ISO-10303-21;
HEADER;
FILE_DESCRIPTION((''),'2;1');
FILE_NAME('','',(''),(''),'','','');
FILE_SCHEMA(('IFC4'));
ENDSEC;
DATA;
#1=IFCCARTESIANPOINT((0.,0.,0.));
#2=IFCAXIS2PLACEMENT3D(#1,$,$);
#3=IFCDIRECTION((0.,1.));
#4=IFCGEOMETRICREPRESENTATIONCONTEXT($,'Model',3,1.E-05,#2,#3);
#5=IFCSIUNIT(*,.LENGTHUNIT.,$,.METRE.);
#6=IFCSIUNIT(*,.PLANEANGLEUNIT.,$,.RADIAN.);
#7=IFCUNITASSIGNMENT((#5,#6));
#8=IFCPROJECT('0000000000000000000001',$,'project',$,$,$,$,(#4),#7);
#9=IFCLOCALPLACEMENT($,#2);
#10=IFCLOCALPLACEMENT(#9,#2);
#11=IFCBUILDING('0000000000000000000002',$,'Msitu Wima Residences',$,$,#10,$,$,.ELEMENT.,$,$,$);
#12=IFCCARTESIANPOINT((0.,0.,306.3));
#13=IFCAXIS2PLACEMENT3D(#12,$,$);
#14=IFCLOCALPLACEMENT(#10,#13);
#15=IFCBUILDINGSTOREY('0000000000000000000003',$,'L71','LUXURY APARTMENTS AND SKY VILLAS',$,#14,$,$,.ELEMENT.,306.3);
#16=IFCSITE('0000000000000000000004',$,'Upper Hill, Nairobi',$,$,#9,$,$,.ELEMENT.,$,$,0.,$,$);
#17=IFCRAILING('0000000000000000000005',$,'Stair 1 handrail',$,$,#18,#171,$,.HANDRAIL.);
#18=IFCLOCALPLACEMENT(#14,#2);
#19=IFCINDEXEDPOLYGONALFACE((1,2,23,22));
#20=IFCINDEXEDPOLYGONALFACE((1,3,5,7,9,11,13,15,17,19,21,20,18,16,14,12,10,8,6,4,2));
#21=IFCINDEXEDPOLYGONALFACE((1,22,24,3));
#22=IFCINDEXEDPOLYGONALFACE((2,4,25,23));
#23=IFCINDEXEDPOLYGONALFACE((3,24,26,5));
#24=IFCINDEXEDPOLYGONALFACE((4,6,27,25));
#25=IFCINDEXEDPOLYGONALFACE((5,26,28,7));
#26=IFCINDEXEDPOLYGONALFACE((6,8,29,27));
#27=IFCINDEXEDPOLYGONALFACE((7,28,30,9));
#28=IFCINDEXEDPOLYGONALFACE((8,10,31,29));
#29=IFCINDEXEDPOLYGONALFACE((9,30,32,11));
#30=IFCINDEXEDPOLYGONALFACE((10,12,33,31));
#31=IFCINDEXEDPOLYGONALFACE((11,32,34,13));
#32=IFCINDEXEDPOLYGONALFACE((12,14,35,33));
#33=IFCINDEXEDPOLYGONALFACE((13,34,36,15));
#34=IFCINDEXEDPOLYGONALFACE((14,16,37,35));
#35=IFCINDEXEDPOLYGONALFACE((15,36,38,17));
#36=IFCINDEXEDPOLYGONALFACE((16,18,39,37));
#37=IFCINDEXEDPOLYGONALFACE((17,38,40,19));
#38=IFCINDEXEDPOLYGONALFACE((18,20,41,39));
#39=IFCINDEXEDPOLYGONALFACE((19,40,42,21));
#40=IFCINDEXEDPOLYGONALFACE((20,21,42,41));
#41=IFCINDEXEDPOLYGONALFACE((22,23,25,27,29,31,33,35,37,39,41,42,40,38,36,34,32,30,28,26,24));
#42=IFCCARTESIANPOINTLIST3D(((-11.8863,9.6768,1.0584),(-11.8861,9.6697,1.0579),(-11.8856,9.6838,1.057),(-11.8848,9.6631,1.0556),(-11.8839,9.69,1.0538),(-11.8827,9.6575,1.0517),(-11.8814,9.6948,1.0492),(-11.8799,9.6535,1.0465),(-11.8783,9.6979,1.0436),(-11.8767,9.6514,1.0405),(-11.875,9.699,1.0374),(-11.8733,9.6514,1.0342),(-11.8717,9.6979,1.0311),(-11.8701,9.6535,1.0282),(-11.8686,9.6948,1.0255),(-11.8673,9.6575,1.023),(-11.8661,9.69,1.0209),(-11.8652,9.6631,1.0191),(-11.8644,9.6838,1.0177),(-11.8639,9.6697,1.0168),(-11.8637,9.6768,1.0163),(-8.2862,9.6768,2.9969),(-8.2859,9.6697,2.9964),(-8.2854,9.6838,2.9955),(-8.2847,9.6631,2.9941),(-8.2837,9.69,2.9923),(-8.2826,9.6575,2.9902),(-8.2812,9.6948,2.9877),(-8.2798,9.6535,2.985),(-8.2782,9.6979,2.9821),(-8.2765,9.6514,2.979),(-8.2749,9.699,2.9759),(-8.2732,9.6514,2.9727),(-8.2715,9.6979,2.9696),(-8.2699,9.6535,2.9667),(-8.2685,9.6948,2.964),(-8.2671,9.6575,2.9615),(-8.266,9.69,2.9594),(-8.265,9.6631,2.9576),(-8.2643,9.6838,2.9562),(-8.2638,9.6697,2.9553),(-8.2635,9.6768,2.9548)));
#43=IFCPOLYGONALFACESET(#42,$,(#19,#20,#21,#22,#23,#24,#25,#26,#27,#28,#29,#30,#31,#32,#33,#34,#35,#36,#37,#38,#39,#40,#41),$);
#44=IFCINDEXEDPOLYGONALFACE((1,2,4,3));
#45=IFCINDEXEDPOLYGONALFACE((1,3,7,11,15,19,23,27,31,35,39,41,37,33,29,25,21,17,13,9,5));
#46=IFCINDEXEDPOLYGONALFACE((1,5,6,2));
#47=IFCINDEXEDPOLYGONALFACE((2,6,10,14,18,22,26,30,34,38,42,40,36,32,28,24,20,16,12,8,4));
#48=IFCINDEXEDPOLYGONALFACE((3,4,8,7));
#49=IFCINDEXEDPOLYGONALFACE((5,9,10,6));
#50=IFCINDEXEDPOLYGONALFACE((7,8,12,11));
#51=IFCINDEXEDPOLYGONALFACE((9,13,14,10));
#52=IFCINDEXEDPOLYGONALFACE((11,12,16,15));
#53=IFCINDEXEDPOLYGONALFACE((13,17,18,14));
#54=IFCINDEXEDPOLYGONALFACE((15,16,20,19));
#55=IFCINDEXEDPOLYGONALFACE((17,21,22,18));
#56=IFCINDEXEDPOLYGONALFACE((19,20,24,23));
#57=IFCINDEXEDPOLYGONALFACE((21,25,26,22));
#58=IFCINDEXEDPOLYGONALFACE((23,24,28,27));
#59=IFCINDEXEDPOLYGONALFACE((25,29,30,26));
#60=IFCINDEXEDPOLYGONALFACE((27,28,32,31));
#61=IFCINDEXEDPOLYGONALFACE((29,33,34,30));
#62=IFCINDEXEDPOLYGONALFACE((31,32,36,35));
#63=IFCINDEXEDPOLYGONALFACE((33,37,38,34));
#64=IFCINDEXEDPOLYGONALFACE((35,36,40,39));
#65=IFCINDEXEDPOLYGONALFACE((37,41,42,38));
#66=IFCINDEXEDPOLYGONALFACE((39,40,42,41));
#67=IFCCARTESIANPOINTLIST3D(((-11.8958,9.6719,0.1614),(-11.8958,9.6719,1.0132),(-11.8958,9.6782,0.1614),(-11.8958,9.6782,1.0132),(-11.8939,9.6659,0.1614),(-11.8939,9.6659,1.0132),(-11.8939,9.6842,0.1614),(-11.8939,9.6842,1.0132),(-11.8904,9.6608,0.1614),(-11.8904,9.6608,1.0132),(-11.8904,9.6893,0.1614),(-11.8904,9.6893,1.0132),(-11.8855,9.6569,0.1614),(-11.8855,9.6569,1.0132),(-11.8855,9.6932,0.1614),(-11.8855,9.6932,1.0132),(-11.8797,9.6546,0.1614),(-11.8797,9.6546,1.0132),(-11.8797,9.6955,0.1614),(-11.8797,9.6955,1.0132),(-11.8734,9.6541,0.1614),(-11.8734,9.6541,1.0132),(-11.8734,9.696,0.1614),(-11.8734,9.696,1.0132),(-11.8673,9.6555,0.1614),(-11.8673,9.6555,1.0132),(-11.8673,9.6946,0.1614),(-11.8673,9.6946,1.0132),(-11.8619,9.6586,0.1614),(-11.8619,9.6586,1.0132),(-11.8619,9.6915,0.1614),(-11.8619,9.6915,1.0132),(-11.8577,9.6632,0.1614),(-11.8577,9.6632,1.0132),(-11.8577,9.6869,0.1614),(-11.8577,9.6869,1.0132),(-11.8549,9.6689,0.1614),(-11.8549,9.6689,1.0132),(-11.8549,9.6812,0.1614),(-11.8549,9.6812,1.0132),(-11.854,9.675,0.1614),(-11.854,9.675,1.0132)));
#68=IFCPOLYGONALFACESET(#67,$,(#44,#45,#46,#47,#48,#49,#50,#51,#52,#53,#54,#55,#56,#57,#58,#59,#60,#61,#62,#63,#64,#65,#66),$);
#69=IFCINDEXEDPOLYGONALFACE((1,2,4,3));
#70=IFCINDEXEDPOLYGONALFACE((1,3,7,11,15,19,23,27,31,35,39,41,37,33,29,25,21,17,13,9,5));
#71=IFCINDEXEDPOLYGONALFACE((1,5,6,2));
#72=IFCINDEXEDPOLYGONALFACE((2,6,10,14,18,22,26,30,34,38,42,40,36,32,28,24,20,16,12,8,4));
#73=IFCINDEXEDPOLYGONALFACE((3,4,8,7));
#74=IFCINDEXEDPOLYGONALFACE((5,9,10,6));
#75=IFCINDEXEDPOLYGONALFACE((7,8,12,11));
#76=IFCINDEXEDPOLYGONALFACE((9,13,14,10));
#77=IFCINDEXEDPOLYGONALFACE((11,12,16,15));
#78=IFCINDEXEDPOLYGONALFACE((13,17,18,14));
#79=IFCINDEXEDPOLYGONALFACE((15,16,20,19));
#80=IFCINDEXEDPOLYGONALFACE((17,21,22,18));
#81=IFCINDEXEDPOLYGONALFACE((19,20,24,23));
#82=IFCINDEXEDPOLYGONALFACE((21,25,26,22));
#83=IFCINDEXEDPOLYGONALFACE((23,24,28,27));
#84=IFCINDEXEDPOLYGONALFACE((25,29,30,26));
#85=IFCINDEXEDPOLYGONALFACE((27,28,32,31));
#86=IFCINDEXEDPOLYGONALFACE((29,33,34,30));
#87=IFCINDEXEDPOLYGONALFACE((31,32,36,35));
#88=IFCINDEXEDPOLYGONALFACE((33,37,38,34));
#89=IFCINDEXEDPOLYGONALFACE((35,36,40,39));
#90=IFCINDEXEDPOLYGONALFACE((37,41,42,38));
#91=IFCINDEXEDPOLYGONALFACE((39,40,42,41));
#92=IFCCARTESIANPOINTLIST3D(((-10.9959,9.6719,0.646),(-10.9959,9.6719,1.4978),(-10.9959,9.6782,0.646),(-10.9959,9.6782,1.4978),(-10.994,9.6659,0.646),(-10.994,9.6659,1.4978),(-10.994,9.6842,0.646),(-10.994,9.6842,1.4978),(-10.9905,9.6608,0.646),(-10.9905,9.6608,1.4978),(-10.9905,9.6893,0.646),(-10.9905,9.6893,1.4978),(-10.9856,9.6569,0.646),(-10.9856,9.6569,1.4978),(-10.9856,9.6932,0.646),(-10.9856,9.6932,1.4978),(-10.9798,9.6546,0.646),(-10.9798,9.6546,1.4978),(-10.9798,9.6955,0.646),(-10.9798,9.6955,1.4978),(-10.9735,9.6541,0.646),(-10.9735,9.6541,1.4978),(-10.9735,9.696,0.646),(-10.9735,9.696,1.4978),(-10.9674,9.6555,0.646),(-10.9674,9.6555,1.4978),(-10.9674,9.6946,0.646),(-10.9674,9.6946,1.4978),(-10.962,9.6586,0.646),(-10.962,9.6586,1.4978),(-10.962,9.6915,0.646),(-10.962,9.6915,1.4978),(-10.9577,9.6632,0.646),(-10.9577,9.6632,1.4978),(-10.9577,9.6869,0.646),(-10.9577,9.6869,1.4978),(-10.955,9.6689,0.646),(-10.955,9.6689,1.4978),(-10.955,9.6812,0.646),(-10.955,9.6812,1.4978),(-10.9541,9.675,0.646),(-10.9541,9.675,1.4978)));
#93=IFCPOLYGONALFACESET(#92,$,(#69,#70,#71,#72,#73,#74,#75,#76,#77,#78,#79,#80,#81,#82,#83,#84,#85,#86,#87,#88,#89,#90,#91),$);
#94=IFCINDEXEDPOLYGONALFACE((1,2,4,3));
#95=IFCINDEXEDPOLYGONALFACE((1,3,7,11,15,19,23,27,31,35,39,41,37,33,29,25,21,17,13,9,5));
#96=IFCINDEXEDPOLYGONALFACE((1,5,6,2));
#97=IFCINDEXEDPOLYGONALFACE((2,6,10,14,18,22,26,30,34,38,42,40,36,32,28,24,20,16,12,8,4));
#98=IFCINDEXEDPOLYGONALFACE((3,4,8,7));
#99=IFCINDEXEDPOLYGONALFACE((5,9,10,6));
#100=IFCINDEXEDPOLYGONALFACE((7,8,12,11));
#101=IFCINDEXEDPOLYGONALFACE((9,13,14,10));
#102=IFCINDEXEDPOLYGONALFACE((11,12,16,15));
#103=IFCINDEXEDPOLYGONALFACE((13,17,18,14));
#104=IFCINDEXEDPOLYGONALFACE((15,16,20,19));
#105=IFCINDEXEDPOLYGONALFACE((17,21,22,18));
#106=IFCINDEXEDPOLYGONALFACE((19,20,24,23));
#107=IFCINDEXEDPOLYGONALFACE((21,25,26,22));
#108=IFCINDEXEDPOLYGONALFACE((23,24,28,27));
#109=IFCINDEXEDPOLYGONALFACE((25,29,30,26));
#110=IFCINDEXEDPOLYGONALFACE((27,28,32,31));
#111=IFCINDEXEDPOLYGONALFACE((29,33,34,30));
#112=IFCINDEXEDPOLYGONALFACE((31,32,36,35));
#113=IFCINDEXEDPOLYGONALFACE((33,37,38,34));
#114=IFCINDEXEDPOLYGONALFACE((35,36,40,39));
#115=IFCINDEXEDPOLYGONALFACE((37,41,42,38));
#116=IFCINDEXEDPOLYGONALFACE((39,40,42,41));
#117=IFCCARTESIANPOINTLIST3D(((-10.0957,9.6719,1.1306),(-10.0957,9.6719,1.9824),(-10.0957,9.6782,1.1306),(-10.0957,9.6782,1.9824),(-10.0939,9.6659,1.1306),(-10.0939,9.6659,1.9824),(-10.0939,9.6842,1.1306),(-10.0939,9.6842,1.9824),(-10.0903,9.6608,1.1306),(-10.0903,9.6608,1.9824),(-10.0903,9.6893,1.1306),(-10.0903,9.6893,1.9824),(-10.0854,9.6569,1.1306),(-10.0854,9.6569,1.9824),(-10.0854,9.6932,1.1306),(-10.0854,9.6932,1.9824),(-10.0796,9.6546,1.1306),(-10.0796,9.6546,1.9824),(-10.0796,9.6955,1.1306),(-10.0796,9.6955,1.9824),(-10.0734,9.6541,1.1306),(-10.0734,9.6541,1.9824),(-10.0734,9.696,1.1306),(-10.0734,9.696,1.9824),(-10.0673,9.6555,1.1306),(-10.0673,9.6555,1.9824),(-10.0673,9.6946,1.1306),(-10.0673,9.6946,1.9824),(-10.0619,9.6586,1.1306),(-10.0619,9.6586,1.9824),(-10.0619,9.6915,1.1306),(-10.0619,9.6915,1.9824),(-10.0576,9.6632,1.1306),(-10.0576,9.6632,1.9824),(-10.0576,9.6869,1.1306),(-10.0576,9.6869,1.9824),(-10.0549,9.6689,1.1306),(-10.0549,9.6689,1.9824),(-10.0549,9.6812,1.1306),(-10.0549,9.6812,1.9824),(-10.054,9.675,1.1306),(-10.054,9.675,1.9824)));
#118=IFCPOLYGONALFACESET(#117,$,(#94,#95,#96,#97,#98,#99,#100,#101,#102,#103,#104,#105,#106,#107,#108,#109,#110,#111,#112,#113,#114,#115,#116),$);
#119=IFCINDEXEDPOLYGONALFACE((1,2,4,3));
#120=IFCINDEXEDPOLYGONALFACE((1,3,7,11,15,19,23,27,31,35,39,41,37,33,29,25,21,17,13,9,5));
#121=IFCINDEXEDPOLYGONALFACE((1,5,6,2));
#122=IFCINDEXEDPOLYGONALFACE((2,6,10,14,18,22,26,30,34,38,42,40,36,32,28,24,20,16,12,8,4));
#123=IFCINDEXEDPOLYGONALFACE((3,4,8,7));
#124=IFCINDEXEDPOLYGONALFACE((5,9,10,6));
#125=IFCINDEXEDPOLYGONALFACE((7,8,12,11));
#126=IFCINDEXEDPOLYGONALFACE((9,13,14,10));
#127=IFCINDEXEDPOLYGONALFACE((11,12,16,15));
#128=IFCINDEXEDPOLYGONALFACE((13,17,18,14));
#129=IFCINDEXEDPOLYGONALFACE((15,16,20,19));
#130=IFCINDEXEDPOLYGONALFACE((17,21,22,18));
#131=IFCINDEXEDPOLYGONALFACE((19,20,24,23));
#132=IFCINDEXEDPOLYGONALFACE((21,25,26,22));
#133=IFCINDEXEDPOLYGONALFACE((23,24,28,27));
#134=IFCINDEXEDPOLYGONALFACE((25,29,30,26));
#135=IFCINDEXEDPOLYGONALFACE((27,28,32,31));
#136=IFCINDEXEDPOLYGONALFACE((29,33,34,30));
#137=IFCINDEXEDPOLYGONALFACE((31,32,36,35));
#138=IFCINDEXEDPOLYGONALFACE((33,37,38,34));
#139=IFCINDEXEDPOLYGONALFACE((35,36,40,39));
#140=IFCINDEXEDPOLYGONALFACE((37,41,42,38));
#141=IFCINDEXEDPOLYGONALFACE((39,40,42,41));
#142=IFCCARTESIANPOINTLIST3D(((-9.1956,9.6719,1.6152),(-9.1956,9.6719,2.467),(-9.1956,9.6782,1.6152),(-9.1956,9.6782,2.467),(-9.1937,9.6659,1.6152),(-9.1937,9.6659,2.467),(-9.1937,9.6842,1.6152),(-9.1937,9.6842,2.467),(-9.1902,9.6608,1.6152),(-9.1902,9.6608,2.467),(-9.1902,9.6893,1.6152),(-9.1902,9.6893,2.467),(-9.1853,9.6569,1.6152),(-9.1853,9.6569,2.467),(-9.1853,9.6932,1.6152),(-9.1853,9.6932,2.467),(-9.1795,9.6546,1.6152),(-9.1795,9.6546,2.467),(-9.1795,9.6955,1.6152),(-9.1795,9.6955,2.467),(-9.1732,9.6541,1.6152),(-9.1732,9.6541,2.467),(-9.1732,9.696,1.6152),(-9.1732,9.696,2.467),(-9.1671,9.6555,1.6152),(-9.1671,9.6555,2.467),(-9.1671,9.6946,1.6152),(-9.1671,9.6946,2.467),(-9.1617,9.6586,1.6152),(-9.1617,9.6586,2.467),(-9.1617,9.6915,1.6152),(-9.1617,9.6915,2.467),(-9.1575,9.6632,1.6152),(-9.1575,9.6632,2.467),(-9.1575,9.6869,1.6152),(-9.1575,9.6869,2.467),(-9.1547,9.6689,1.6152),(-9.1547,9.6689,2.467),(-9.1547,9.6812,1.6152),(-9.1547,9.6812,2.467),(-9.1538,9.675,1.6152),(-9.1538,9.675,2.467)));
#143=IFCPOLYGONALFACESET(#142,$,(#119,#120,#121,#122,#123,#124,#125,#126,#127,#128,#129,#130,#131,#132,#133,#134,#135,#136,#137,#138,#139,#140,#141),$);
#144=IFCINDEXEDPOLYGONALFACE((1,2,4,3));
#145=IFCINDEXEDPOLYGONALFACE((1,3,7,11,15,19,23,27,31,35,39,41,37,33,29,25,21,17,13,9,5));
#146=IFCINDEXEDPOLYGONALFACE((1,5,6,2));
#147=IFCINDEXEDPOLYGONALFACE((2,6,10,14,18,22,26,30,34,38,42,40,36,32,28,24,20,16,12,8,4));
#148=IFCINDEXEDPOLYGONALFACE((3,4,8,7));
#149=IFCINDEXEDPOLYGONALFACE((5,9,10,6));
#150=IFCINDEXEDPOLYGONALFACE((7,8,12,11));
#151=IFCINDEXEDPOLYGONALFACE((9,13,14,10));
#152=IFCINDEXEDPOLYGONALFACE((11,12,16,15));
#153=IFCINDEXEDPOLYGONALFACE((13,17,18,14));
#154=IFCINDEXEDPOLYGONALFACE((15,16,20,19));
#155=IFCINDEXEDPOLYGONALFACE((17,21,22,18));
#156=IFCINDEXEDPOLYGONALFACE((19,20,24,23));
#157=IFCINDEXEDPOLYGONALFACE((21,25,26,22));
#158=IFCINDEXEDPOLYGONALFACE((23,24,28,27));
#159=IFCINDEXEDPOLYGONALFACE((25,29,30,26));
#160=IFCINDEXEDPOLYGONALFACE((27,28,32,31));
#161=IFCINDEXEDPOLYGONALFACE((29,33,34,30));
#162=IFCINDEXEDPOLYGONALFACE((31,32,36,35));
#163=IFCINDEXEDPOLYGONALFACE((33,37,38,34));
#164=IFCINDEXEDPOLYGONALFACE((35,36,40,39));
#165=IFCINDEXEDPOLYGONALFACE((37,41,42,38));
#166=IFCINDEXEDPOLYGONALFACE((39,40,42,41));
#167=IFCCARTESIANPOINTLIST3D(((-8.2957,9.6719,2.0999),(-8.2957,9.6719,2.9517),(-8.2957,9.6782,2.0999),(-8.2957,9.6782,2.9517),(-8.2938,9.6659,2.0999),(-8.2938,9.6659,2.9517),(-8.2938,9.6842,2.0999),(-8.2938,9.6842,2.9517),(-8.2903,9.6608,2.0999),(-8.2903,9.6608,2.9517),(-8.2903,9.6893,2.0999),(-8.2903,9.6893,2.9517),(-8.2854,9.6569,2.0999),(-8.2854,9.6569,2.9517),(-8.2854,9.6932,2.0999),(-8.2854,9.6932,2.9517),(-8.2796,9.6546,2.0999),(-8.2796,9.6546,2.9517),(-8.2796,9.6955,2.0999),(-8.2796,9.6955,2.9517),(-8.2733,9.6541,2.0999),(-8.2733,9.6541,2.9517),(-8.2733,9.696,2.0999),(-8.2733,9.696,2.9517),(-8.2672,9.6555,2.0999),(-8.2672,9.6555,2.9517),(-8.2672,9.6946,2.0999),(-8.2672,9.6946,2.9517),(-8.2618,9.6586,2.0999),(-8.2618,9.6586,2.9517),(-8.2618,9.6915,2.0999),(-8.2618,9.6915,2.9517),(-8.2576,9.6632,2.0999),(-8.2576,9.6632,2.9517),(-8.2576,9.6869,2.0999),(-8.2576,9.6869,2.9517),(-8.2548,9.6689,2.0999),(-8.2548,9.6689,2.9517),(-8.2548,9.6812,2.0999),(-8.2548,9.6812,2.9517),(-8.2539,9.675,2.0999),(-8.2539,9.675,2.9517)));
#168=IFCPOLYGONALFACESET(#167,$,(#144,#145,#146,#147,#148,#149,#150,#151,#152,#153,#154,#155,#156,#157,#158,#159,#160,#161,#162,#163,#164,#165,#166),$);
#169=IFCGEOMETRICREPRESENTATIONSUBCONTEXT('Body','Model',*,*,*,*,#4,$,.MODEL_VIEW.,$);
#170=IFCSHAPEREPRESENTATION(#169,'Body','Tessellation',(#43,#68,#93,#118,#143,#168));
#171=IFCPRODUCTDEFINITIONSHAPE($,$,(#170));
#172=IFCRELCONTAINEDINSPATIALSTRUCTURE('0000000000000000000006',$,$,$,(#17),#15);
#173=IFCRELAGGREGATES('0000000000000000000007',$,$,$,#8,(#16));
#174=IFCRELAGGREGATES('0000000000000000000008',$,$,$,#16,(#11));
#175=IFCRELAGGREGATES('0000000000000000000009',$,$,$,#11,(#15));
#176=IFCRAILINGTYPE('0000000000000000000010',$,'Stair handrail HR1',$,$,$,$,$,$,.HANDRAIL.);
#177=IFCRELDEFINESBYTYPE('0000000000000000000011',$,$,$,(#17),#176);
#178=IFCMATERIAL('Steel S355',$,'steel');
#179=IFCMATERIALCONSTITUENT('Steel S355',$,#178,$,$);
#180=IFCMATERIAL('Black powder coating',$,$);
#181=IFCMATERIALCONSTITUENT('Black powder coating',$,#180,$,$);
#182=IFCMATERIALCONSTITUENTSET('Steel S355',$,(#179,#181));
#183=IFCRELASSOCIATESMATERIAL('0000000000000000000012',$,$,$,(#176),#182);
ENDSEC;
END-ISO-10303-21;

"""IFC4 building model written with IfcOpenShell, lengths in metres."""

from ifc_helpers import new_model, si_unit, direction, frame, origin, origin_2d, place, context, subcontext, project, spatial, circle, extrude, material, constituent, constituent_set, type_object, element, save


model = new_model("IFC4")

# Units and contexts
model_context = context("Model", 3, precision=1e-05, world=origin(), true_north=direction((0.0, 1.0)))
body_context = subcontext(model_context, "Body", "Model", "MODEL_VIEW")
ifc_project = project(units=[si_unit("LENGTHUNIT", "METRE"), si_unit("PLANEANGLEUNIT", "RADIAN")], contexts=[model_context])

# Site, building, storey
site_placement = place(None, origin())
site = spatial("IfcSite", under=ifc_project, at=site_placement, Name="Upper Hill, Nairobi", CompositionType="ELEMENT", RefElevation=0.0)
building_placement = place(site_placement, origin())
building = spatial("IfcBuilding", under=site, at=building_placement, Name="Msitu Wima Residences", CompositionType="ELEMENT")
storey_placement = place(building_placement, frame((0.0, 0.0, 306.3)))
storey = spatial("IfcBuildingStorey", under=building, at=storey_placement, Name="L71", Description="LUXURY APARTMENTS AND SKY VILLAS", CompositionType="ELEMENT", Elevation=306.3)

# Railing
ifc_material_1 = material(Name="Steel S355", Category="steel")
ifc_constituent_1 = constituent(ifc_material_1, Name="Steel S355")
ifc_material_2 = material(Name="Black powder coating")
ifc_constituent_2 = constituent(ifc_material_2, Name="Black powder coating")
ifc_constituent_set = constituent_set(constituents=[ifc_constituent_1, ifc_constituent_2], Name="Steel S355")
railing_type = type_object("IfcRailingType", Name="Stair handrail HR1", PredefinedType="HANDRAIL", material=ifc_constituent_set)
for number, where, name in (
    (1, (-11.875, 9.675, 0.1614), "Stair 1 handrail"),
):
    element("IfcRailing", number, at=place(storey_placement, frame(where)), inside=storey, type_object=railing_type, Name=name, PredefinedType="HANDRAIL", context=body_context, shape_type="SweptSolid", body=[
        extrude(circle(Radius=0.0239, at=origin_2d()), frame((0.0, 0.0, 0.876), z_axis=(0.880475, 0.0, 0.474093), x_axis=(0.0, 1.0, 0.0)), (0.0, 0.0, 1.0), 4.0889),
        extrude(circle(Radius=0.021, at=origin_2d()), origin(), (0.0, 0.0, 1.0), 0.8518),
        extrude(circle(Radius=0.021, at=origin_2d()), frame((0.8999, 0.0, 0.4846)), (0.0, 0.0, 1.0), 0.8518),
        extrude(circle(Radius=0.021, at=origin_2d()), frame((1.8, 0.0, 0.9692)), (0.0, 0.0, 1.0), 0.8518),
        extrude(circle(Radius=0.021, at=origin_2d()), frame((2.7002, 0.0, 1.4539)), (0.0, 0.0, 1.0), 0.8518),
        extrude(circle(Radius=0.021, at=origin_2d()), frame((3.6001, 0.0, 1.9385)), (0.0, 0.0, 1.0), 0.8518),
    ])

save(model, "model.ifc")
